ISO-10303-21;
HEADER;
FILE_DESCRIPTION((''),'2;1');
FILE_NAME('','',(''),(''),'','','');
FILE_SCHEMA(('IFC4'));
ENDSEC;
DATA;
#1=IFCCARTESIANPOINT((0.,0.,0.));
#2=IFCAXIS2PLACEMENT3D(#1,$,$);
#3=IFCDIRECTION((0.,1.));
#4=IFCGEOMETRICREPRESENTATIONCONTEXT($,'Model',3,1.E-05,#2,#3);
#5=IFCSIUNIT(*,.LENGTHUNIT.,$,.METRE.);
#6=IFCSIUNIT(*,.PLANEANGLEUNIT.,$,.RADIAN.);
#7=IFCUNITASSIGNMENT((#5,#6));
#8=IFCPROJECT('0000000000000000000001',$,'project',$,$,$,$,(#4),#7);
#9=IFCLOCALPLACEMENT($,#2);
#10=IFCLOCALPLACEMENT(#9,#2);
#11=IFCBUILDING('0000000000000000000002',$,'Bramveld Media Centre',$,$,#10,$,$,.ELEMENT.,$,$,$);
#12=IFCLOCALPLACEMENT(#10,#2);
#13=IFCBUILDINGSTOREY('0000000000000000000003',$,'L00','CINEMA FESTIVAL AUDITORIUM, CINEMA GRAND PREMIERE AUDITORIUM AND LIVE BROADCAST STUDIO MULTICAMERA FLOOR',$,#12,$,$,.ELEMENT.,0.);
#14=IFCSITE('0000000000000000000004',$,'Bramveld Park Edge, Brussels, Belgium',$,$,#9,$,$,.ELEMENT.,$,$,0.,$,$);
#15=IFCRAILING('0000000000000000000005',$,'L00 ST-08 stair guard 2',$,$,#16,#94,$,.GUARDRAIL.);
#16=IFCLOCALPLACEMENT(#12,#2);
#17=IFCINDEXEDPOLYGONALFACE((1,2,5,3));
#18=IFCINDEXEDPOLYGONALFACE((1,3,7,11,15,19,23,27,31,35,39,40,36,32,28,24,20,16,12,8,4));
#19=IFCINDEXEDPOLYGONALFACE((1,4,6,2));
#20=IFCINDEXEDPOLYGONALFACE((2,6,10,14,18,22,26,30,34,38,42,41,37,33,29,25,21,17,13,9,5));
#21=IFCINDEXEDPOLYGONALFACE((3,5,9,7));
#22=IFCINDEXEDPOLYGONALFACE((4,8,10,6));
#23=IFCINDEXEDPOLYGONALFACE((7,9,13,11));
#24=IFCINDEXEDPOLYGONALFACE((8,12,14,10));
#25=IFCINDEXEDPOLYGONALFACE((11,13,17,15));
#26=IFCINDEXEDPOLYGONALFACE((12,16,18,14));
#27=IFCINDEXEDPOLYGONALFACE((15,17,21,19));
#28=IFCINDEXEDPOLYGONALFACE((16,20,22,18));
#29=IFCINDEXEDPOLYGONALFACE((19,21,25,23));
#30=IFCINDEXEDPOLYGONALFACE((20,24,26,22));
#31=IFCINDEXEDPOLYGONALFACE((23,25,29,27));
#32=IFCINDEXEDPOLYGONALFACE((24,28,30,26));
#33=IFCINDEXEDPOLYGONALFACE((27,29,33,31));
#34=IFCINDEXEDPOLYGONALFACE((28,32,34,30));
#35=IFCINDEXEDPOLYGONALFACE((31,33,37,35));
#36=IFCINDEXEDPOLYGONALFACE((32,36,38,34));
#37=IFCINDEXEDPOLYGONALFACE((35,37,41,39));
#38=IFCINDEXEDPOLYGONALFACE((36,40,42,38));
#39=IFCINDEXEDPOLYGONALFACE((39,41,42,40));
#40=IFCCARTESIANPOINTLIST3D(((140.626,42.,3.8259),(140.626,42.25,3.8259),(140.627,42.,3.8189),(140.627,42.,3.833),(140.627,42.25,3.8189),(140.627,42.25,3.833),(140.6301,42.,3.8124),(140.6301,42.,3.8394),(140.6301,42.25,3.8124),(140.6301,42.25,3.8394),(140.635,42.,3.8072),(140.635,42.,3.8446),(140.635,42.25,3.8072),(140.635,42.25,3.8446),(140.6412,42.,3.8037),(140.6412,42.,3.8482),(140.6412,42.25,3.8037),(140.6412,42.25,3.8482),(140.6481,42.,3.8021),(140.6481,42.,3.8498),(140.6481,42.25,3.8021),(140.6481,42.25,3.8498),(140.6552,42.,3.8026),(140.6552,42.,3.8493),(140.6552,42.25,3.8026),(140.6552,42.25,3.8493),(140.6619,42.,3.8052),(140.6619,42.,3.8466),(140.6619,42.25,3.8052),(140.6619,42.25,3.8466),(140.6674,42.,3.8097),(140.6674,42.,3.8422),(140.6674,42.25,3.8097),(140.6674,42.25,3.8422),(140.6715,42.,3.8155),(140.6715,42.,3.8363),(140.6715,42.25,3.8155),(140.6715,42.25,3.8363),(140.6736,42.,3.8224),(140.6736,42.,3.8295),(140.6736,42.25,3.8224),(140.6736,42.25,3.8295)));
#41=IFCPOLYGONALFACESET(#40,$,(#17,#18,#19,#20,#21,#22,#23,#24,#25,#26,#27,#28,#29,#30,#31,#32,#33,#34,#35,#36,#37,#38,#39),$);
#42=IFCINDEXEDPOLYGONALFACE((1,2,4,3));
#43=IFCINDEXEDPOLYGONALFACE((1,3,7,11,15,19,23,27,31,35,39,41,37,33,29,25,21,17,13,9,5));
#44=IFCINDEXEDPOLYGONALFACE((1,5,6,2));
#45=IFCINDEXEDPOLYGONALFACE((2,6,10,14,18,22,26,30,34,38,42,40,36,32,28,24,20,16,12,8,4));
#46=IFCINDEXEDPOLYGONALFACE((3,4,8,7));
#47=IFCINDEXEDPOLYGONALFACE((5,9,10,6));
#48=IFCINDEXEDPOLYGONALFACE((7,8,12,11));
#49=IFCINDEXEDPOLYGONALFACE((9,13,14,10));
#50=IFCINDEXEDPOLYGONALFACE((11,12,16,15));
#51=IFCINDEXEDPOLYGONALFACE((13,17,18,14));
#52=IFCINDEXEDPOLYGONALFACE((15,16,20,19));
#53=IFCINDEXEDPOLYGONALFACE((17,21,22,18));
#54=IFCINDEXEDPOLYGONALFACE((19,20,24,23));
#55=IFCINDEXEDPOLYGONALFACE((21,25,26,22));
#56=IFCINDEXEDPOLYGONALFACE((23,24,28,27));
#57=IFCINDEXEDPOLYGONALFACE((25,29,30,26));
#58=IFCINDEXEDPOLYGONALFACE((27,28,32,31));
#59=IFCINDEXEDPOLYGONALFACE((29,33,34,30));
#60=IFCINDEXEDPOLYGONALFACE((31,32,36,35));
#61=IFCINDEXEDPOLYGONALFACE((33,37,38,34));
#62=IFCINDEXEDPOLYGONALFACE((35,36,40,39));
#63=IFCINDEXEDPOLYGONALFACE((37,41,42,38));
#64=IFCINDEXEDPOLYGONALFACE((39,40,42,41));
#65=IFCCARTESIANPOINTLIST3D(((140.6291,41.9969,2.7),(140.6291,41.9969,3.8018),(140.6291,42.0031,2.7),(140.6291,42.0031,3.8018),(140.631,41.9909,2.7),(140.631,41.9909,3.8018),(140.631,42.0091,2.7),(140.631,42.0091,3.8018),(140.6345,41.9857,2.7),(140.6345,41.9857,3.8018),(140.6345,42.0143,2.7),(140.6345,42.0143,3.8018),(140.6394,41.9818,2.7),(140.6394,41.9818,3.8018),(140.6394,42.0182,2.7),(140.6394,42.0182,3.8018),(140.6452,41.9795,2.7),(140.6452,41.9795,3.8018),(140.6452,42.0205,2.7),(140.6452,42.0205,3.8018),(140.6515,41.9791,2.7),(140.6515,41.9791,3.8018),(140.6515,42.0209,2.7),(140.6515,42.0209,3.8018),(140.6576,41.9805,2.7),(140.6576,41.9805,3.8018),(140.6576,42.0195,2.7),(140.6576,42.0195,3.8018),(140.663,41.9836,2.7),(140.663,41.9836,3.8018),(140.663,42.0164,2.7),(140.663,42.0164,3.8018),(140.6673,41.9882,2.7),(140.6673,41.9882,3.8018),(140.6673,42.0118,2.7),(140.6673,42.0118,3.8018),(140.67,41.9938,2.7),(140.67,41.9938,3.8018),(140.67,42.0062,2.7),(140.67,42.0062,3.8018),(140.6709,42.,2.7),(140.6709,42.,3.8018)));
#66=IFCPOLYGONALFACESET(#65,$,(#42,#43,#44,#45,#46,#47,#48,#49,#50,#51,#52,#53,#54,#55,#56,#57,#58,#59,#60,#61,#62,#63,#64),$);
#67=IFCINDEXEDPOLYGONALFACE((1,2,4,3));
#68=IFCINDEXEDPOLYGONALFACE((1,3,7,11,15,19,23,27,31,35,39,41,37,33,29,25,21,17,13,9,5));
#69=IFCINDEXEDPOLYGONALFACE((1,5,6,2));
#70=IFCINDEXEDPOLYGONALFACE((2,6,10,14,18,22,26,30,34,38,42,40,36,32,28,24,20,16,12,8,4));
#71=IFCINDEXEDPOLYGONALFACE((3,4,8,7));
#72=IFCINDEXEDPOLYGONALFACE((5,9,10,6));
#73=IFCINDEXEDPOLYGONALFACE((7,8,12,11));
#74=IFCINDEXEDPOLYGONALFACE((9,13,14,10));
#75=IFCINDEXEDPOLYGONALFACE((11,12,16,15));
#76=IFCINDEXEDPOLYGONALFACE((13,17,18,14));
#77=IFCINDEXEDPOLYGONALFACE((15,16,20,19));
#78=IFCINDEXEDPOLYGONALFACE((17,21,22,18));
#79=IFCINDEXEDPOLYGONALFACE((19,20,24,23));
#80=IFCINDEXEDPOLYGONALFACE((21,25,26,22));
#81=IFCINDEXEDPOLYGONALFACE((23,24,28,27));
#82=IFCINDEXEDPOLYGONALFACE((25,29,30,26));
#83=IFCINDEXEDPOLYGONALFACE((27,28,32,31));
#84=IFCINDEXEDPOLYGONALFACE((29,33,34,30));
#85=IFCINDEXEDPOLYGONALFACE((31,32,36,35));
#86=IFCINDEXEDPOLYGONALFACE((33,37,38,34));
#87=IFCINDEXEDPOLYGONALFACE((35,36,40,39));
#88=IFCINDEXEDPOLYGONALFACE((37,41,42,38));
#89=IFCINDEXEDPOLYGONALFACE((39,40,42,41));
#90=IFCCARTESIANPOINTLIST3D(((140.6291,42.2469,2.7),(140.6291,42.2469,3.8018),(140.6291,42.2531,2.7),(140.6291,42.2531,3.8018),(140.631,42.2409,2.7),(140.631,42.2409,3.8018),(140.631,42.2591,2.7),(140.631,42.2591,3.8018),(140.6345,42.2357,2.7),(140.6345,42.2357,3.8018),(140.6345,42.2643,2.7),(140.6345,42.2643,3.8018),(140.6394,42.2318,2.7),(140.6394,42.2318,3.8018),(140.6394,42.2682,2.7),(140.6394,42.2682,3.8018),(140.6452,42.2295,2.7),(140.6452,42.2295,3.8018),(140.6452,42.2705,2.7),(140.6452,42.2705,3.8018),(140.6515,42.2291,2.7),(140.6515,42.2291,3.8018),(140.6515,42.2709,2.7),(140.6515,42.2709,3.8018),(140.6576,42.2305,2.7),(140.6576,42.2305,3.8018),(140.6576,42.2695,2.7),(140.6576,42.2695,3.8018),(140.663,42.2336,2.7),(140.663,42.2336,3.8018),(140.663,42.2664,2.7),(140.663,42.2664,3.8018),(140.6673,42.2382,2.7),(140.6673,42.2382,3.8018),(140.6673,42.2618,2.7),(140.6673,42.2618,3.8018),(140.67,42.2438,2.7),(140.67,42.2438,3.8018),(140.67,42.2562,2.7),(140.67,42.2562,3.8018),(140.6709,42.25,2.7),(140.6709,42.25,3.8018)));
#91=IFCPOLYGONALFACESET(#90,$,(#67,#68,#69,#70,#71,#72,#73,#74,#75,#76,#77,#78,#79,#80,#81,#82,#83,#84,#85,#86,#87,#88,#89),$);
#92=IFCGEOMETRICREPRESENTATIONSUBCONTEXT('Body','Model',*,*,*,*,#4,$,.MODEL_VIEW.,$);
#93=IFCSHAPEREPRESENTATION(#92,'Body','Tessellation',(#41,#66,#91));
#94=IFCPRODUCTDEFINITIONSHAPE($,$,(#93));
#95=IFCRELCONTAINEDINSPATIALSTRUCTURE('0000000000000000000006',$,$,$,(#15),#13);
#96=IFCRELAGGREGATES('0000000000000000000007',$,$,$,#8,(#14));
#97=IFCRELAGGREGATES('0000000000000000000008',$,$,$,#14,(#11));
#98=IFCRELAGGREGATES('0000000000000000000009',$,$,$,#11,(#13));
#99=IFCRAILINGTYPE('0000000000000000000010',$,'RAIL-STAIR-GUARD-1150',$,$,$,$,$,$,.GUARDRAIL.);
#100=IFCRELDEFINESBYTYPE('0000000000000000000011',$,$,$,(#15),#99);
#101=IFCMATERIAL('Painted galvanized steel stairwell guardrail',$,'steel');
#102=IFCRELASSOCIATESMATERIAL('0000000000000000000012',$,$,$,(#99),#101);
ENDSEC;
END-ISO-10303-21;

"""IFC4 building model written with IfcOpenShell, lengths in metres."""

from ifc_helpers import new_model, si_unit, direction, frame, origin, origin_2d, place, context, subcontext, project, spatial, circle, extrude, material, type_object, element, save


model = new_model("IFC4")

# Units and contexts
model_context = context("Model", 3, precision=1e-05, world=origin(), true_north=direction((0.0, 1.0)))
body_context = subcontext(model_context, "Body", "Model", "MODEL_VIEW")
ifc_project = project(units=[si_unit("LENGTHUNIT", "METRE"), si_unit("PLANEANGLEUNIT", "RADIAN")], contexts=[model_context])

# Site, building, storey
site_placement = place(None, origin())
site = spatial("IfcSite", under=ifc_project, at=site_placement, Name="Bramveld Park Edge, Brussels, Belgium", CompositionType="ELEMENT", RefElevation=0.0)
building_placement = place(site_placement, origin())
building = spatial("IfcBuilding", under=site, at=building_placement, Name="Bramveld Media Centre", CompositionType="ELEMENT")
storey_placement = place(building_placement, origin())
storey = spatial("IfcBuildingStorey", under=building, at=storey_placement, Name="L00", Description="CINEMA FESTIVAL AUDITORIUM, CINEMA GRAND PREMIERE AUDITORIUM AND LIVE BROADCAST STUDIO MULTICAMERA FLOOR", CompositionType="ELEMENT", Elevation=0.0)

# Railing
ifc_material_1 = material(Name="Painted galvanized steel stairwell guardrail", Category="steel")
railing_type_1 = type_object("IfcRailingType", Name="RAIL-STAIR-GUARD-1150", PredefinedType="GUARDRAIL", material=ifc_material_1)
railing_1_placement = place(storey_placement, frame((140.6499, 42.0, 2.7)))
element("IfcRailing", 1, at=railing_1_placement, inside=storey, type_object=railing_type_1, Name="L00 ST-08 stair guard 2", PredefinedType="GUARDRAIL", context=body_context, shape_type="SweptSolid", body=[
    extrude(circle(Radius=0.0239, at=origin_2d()), frame((0.0, 0.0, 1.126), z_axis=(0.0, 1.0, 0.0), x_axis=(-1.0, 0.0, 0.0)), (0.0, 0.0, 1.0), 0.25),
    extrude(circle(Radius=0.021, at=origin_2d()), origin(), (0.0, 0.0, 1.0), 1.1018),
    extrude(circle(Radius=0.021, at=origin_2d()), frame((0.0, 0.25, 0.0)), (0.0, 0.0, 1.0), 1.1018),
])

save(model, "model.ifc")
